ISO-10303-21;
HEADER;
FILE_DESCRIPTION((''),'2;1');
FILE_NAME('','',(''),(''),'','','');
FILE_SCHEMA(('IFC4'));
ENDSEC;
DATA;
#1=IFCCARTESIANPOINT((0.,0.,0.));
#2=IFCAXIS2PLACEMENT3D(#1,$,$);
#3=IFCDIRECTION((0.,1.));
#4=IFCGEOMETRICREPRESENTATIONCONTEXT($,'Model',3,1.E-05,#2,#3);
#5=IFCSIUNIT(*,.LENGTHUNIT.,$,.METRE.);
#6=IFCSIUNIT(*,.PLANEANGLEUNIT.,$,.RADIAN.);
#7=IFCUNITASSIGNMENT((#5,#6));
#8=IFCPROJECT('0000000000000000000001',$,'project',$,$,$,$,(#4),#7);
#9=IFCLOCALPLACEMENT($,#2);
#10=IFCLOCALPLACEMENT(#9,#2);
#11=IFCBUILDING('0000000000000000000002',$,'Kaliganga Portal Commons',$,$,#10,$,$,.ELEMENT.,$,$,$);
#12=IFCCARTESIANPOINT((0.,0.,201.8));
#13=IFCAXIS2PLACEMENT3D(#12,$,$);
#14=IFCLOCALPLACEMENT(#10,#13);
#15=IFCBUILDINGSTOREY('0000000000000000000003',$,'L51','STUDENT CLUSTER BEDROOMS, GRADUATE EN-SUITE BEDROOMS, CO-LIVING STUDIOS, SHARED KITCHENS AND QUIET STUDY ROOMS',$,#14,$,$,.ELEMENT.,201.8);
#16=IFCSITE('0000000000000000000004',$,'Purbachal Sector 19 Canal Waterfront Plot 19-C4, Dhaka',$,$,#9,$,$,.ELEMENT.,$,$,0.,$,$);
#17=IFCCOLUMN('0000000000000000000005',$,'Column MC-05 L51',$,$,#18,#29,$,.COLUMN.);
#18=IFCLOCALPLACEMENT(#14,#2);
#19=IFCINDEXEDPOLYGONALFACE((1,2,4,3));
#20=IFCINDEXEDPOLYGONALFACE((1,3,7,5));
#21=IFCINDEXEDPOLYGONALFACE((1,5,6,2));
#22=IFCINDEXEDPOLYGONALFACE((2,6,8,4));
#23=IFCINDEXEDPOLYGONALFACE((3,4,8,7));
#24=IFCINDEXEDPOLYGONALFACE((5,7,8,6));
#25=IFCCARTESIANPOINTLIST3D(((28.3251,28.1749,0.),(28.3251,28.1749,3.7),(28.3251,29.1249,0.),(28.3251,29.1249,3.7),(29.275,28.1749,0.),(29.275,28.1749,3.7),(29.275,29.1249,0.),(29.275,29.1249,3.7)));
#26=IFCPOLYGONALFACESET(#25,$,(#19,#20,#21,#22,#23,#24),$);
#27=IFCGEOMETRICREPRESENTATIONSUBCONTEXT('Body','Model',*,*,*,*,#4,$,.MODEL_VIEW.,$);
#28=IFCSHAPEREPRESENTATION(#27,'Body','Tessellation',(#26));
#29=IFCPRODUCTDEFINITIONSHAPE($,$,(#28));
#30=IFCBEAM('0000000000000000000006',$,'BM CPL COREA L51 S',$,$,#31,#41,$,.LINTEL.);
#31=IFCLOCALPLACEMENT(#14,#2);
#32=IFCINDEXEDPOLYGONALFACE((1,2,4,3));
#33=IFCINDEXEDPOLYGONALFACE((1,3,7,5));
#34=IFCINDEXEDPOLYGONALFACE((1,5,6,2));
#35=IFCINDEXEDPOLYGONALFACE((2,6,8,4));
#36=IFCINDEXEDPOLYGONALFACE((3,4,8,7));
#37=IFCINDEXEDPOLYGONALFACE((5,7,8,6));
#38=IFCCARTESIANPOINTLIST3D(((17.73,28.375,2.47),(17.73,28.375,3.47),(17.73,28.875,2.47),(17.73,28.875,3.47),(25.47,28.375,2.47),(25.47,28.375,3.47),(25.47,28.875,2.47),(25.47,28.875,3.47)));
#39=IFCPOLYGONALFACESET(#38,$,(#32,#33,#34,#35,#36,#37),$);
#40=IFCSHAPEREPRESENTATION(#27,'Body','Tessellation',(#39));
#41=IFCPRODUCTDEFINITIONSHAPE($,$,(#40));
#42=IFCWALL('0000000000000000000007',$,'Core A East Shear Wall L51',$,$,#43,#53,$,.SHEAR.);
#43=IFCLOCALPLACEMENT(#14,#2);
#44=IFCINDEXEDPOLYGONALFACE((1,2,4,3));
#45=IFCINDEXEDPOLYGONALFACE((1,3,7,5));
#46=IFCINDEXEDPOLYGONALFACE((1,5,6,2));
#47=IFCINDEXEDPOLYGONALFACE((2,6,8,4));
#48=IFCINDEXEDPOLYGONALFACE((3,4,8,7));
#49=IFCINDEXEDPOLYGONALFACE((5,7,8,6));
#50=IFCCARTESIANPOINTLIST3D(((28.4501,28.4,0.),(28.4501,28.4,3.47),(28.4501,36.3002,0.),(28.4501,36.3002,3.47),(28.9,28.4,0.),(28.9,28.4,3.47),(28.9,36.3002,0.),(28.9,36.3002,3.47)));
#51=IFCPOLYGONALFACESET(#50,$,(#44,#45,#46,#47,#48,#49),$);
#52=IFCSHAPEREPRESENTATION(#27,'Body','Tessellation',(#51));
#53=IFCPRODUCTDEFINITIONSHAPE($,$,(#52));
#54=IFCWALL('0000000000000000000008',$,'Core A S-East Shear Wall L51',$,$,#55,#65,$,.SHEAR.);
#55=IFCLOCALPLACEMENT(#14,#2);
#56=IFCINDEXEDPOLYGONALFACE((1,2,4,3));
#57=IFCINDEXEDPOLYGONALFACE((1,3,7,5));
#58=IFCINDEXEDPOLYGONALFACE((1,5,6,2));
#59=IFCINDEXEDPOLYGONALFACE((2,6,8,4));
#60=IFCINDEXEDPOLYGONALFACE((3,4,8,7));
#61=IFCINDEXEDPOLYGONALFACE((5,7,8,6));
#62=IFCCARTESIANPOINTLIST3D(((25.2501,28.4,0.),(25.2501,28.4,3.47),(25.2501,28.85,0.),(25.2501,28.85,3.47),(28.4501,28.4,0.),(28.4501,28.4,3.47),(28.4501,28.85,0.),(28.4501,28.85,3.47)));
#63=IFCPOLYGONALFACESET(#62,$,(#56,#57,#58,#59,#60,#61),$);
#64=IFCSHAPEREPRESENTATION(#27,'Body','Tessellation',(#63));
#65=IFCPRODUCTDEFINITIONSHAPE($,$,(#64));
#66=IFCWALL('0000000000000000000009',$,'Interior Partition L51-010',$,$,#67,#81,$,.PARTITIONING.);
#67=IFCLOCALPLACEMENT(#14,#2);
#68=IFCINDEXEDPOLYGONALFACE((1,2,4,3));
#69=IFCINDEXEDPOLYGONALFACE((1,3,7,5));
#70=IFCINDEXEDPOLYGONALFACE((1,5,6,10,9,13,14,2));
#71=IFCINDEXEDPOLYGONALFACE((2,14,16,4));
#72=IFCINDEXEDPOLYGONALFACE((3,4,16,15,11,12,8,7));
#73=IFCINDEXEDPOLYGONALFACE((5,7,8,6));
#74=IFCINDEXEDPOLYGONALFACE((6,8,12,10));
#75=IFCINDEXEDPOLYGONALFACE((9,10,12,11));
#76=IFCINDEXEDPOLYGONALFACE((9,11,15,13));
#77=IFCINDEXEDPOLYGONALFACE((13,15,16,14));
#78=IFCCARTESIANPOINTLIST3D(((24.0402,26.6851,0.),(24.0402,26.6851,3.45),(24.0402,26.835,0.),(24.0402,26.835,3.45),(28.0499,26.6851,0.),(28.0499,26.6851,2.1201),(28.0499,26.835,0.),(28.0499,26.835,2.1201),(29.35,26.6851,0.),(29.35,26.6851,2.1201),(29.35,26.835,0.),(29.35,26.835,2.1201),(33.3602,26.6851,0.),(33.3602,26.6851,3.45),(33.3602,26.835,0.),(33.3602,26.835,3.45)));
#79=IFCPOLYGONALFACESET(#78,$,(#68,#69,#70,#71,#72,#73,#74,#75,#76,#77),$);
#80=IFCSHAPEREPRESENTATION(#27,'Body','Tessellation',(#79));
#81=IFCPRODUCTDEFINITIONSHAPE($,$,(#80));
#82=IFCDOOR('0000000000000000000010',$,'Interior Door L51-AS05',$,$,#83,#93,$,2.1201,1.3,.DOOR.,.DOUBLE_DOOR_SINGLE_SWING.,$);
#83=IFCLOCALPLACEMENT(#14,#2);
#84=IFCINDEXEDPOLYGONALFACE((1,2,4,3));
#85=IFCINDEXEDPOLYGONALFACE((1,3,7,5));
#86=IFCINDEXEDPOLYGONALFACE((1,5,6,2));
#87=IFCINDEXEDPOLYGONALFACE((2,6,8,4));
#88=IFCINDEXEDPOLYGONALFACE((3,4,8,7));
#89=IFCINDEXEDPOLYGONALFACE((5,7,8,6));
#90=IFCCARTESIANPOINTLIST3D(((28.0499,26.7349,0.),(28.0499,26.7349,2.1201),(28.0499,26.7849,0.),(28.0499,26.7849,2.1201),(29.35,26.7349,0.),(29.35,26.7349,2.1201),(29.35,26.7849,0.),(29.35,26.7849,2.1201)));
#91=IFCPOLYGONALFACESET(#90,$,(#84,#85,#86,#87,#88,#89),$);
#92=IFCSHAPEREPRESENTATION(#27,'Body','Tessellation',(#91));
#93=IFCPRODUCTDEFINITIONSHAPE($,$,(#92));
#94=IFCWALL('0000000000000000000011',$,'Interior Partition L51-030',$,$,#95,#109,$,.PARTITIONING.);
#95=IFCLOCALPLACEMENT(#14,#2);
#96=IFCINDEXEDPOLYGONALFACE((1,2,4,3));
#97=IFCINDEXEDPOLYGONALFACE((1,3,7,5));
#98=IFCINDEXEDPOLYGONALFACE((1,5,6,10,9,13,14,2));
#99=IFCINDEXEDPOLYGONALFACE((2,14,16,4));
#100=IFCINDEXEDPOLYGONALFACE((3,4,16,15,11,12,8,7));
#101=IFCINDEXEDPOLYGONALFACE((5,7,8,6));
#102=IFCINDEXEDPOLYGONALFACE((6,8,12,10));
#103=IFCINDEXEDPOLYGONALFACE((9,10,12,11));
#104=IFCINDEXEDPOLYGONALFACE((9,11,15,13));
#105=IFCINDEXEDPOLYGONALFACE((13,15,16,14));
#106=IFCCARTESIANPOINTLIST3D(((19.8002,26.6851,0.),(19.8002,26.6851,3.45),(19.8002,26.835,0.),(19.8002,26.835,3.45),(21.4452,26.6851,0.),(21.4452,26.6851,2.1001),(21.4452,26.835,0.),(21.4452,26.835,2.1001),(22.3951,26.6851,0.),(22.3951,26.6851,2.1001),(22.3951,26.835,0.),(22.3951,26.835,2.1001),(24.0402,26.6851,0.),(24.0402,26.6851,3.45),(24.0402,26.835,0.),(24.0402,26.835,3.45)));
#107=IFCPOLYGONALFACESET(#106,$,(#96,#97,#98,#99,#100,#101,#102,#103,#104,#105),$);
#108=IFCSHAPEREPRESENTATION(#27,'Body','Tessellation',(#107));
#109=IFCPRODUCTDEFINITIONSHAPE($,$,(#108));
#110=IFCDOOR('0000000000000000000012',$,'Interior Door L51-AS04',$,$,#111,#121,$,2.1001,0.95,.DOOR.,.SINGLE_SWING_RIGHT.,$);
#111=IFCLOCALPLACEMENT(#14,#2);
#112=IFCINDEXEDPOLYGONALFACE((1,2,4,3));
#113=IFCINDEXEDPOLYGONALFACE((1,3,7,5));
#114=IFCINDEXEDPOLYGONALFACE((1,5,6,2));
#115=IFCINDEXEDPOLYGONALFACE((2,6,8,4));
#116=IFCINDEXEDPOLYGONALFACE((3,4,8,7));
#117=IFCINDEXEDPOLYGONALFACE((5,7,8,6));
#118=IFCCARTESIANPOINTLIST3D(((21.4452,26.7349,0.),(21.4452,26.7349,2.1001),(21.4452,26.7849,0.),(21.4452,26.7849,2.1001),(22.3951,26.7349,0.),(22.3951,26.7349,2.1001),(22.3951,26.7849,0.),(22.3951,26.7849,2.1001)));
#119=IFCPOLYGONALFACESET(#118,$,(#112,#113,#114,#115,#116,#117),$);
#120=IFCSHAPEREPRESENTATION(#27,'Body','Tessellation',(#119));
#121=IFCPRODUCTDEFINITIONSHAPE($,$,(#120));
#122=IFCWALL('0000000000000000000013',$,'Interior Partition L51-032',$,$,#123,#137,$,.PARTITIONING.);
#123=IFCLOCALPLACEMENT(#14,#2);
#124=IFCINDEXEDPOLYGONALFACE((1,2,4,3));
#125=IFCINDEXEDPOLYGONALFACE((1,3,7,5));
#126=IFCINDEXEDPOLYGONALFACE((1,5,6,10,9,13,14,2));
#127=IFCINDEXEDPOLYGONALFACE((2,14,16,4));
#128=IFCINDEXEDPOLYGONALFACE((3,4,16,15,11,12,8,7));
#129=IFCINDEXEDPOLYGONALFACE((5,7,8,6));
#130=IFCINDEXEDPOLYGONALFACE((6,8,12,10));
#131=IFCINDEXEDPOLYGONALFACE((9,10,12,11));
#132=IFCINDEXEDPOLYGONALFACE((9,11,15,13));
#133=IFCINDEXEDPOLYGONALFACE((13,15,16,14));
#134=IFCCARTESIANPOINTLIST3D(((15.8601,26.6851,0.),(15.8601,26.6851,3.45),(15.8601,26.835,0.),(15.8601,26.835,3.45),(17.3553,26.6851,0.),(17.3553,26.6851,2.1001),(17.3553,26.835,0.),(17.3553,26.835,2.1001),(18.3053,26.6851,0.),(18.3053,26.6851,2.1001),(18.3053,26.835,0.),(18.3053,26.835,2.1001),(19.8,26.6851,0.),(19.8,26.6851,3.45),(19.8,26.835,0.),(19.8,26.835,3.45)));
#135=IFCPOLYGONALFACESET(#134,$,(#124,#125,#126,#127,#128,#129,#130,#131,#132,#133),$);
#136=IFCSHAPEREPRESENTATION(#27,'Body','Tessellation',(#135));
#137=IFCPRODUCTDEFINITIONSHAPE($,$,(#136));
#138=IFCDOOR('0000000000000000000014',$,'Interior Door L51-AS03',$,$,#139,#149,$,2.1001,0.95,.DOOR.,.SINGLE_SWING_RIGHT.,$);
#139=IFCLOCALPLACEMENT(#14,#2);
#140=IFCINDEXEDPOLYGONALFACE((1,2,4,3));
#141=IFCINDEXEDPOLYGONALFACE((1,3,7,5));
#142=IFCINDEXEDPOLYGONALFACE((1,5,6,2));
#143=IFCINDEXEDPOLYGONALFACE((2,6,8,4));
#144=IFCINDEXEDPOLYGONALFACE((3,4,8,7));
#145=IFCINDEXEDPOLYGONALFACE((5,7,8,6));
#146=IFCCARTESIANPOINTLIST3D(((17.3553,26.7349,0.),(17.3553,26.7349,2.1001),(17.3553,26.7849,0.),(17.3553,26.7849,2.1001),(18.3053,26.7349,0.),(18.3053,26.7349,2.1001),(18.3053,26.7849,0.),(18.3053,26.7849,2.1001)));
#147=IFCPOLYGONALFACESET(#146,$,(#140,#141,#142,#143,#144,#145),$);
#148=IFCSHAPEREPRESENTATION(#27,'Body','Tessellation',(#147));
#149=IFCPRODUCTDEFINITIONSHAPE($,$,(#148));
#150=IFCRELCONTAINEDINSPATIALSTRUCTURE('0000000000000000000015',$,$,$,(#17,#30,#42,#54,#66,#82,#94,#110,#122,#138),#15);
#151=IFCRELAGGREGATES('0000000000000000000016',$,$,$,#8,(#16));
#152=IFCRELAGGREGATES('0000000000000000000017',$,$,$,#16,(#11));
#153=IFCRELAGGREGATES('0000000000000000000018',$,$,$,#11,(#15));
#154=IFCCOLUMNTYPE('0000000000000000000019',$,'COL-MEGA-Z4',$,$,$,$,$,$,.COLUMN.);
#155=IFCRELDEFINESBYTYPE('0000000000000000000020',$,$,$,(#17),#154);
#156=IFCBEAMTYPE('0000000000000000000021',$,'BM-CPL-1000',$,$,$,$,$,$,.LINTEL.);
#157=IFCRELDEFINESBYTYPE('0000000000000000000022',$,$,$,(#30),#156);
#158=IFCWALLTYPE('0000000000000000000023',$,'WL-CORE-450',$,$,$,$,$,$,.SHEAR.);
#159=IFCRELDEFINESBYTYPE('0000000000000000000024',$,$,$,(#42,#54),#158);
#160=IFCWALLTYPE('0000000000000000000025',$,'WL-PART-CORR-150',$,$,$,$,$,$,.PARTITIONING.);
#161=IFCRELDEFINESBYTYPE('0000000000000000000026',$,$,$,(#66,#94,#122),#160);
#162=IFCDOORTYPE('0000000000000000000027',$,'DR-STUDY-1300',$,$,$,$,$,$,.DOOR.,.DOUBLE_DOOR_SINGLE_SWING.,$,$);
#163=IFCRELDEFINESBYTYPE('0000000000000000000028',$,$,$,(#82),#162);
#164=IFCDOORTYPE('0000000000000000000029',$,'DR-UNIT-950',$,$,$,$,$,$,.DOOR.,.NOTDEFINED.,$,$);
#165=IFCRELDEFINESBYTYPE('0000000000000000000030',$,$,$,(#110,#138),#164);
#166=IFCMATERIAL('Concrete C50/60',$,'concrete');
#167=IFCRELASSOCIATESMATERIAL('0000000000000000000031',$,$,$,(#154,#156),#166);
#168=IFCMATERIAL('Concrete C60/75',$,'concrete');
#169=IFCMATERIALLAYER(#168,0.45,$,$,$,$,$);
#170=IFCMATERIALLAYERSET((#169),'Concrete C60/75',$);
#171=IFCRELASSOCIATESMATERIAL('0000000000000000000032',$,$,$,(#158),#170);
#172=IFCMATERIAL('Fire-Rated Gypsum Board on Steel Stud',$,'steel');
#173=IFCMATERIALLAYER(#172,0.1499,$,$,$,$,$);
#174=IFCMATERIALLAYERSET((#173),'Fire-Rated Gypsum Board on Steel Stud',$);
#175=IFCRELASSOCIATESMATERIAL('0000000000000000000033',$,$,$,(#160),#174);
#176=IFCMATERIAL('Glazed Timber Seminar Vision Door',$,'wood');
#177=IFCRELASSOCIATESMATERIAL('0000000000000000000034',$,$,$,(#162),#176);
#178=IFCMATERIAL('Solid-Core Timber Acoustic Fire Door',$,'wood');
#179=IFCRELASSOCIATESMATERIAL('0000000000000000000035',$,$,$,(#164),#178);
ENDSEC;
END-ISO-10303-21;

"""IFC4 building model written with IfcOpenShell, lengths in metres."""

from ifc_helpers import new_model, si_unit, direction, frame, frame_2d, origin, origin_2d, place, context, subcontext, project, spatial, rectangle, extrude, source, transform, mapped, material, layer, layer_set, material_profile, profile_set, type_object, element, fill, save


model = new_model("IFC4")

# Units and contexts
model_context = context("Model", 3, precision=1e-05, world=origin(), true_north=direction((0.0, 1.0)))
body_context = subcontext(model_context, "Body", "Model", "MODEL_VIEW")
ifc_project = project(units=[si_unit("LENGTHUNIT", "METRE"), si_unit("PLANEANGLEUNIT", "RADIAN")], contexts=[model_context])

# Site, building, storey
site_placement = place(None, origin())
site = spatial("IfcSite", under=ifc_project, at=site_placement, Name="Purbachal Sector 19 Canal Waterfront Plot 19-C4, Dhaka", CompositionType="ELEMENT", RefElevation=0.0)
building_placement = place(site_placement, origin())
building = spatial("IfcBuilding", under=site, at=building_placement, Name="Kaliganga Portal Commons", CompositionType="ELEMENT")
storey_placement = place(building_placement, frame((0.0, 0.0, 201.8)))
storey = spatial("IfcBuildingStorey", under=building, at=storey_placement, Name="L51", Description="STUDENT CLUSTER BEDROOMS, GRADUATE EN-SUITE BEDROOMS, CO-LIVING STUDIOS, SHARED KITCHENS AND QUIET STUDY ROOMS", CompositionType="ELEMENT", Elevation=201.8)

# Column
ifc_material_1 = material(Name="Concrete C50/60", Category="concrete")
ifc_material_profile_1 = material_profile(ifc_material_1, rectangle(XDim=0.95, YDim=0.95, at=origin_2d()), Name="RC 950x950")
ifc_profile_set_1 = profile_set([ifc_material_profile_1], Name="Concrete C50/60")
column_type = type_object("IfcColumnType", Name="COL-MEGA-Z4", PredefinedType="COLUMN", material=ifc_profile_set_1)
shared_shape_1 = source(origin(), body_context, "Body", "SweptSolid", [
    extrude(rectangle(XDim=0.95, YDim=0.95, at=origin_2d()), origin(), (0.0, 0.0, 1.0), 3.7),
])
column_placement = place(storey_placement, frame((28.8, 28.6499, 0.0), z_axis=(0.0, 0.0, 1.0), x_axis=(1.0, 0.0, 0.0)))
element("IfcColumn", 1, at=column_placement, inside=storey, type_object=column_type, Name="Column MC-05 L51", PredefinedType="COLUMN", context=body_context, shape_type="MappedRepresentation", body=[
    mapped(shared_shape_1, transform((0.0, 0.0, 0.0), x_axis=(1.0, 0.0, 0.0), y_axis=(0.0, 1.0, 0.0), z_axis=(0.0, 0.0, 1.0), scale=1.0)),
])

# Beam
ifc_material_profile_2 = material_profile(ifc_material_1, rectangle(XDim=0.5, YDim=1.0, at=origin_2d()), Name="RC 500x1000")
ifc_profile_set_2 = profile_set([ifc_material_profile_2], Name="Concrete C50/60")
beam_type = type_object("IfcBeamType", Name="BM-CPL-1000", PredefinedType="LINTEL", material=ifc_profile_set_2)
shared_shape_2 = source(origin(), body_context, "Body", "SweptSolid", [
    extrude(rectangle(XDim=0.5, YDim=1.0, at=origin_2d()), origin(), (0.0, 0.0, 1.0), 7.74),
])
beam_placement = place(storey_placement, frame((17.73, 28.625, 2.97), z_axis=(1.0, 0.0, 0.0), x_axis=(0.0, 1.0, 0.0)))
element("IfcBeam", 2, at=beam_placement, inside=storey, type_object=beam_type, Name="BM CPL COREA L51 S", PredefinedType="LINTEL", context=body_context, shape_type="MappedRepresentation", body=[
    mapped(shared_shape_2, transform((0.0, 0.0, 0.0), x_axis=(1.0, 0.0, 0.0), y_axis=(0.0, 1.0, 0.0), z_axis=(0.0, 0.0, 1.0), scale=1.0)),
])

# Walls
ifc_material_2 = material(Name="Concrete C60/75", Category="concrete")
ifc_layer_1 = layer(ifc_material_2, 0.45)
ifc_layer_set_1 = layer_set([ifc_layer_1], Name="Concrete C60/75")
wall_type_1 = type_object("IfcWallType", Name="WL-CORE-450", PredefinedType="SHEAR", material=ifc_layer_set_1)
wall_1_placement = place(storey_placement, frame((28.675, 28.3999, 0.0), z_axis=(0.0, 0.0, 1.0), x_axis=(0.0, 1.0, 0.0)))
element("IfcWall", 3, at=wall_1_placement, inside=storey, type_object=wall_type_1, Name="Core A East Shear Wall L51", PredefinedType="SHEAR", context=body_context, shape_type="SweptSolid", body=[
    extrude(rectangle(XDim=7.9001, YDim=0.45, at=frame_2d((3.9502, 0.0))), origin(), (0.0, 0.0, 1.0), 3.47),
])
wall_2_placement = place(storey_placement, frame((25.25, 28.625, 0.0), z_axis=(0.0, 0.0, 1.0), x_axis=(1.0, 0.0, 0.0)))
element("IfcWall", 4, at=wall_2_placement, inside=storey, type_object=wall_type_1, Name="Core A S-East Shear Wall L51", PredefinedType="SHEAR", context=body_context, shape_type="SweptSolid", body=[
    extrude(rectangle(XDim=3.2, YDim=0.45, at=frame_2d((1.6001, 0.0))), origin(), (0.0, 0.0, 1.0), 3.47),
])

# Walls, openings, doors
ifc_material_3 = material(Name="Fire-Rated Gypsum Board on Steel Stud", Category="steel")
ifc_layer_2 = layer(ifc_material_3, 0.1499)
ifc_layer_set_2 = layer_set([ifc_layer_2], Name="Fire-Rated Gypsum Board on Steel Stud")
wall_type_2 = type_object("IfcWallType", Name="WL-PART-CORR-150", PredefinedType="PARTITIONING", material=ifc_layer_set_2)
wall_3_placement = place(storey_placement, frame((24.04, 26.76, 0.0), z_axis=(0.0, 0.0, 1.0), x_axis=(1.0, 0.0, 0.0)))
wall_3 = element("IfcWall", 5, at=wall_3_placement, inside=storey, type_object=wall_type_2, Name="Interior Partition L51-010", PredefinedType="PARTITIONING", context=body_context, shape_type="SweptSolid", body=[
    extrude(rectangle(XDim=9.3201, YDim=0.1499, at=frame_2d((4.6602, 0.0))), origin(), (0.0, 0.0, 1.0), 3.45),
])
opening_1_placement = place(wall_3_placement, frame((4.01, 0.0, 0.0)))
opening_1 = element("IfcOpeningElement", 6, at=opening_1_placement, cuts=wall_3, PredefinedType="OPENING", context=body_context, shape_type="SweptSolid", body=[
    extrude(rectangle(XDim=1.3, YDim=2.1201, at=frame_2d((0.6499, 1.0601))), frame((0.0, 0.085, 0.0), z_axis=(0.0, -1.0, 0.0), x_axis=(1.0, 0.0, 0.0)), (0.0, 0.0, 1.0), 0.1699),
])
ifc_material_4 = material(Name="Glazed Timber Seminar Vision Door", Category="wood")
door_type_1 = type_object("IfcDoorType", Name="DR-STUDY-1300", OperationType="DOUBLE_DOOR_SINGLE_SWING", PredefinedType="DOOR", material=ifc_material_4)
door_1_placement = place(opening_1_placement, origin())
door_1 = element("IfcDoor", 7, at=door_1_placement, inside=storey, type_object=door_type_1, Name="Interior Door L51-AS05", OperationType="DOUBLE_DOOR_SINGLE_SWING", OverallHeight=2.1201, OverallWidth=1.3, PredefinedType="DOOR", context=body_context, shape_type="SweptSolid", body=[
    extrude(rectangle(XDim=1.3, YDim=2.1201, at=frame_2d((0.6499, 1.0601))), frame((0.0, 0.0249, 0.0), z_axis=(0.0, -1.0, 0.0), x_axis=(1.0, 0.0, 0.0)), (0.0, 0.0, 1.0), 0.05),
])
fill(opening_1, door_1)
wall_4_placement = place(storey_placement, frame((19.8, 26.76, 0.0), z_axis=(0.0, 0.0, 1.0), x_axis=(1.0, 0.0, 0.0)))
wall_4 = element("IfcWall", 8, at=wall_4_placement, inside=storey, type_object=wall_type_2, Name="Interior Partition L51-030", PredefinedType="PARTITIONING", context=body_context, shape_type="SweptSolid", body=[
    extrude(rectangle(XDim=4.24, YDim=0.1499, at=frame_2d((2.1201, 0.0))), origin(), (0.0, 0.0, 1.0), 3.45),
])
opening_2_placement = place(wall_4_placement, frame((1.645, 0.0, 0.0)))
opening_2 = element("IfcOpeningElement", 9, at=opening_2_placement, cuts=wall_4, PredefinedType="OPENING", context=body_context, shape_type="SweptSolid", body=[
    extrude(rectangle(XDim=0.95, YDim=2.1001, at=frame_2d((0.4751, 1.05))), frame((0.0, 0.085, 0.0), z_axis=(0.0, -1.0, 0.0), x_axis=(1.0, 0.0, 0.0)), (0.0, 0.0, 1.0), 0.1699),
])
ifc_material_5 = material(Name="Solid-Core Timber Acoustic Fire Door", Category="wood")
door_type_2 = type_object("IfcDoorType", Name="DR-UNIT-950", OperationType="NOTDEFINED", PredefinedType="DOOR", material=ifc_material_5)
door_2_placement = place(opening_2_placement, origin())
door_2 = element("IfcDoor", 10, at=door_2_placement, inside=storey, type_object=door_type_2, Name="Interior Door L51-AS04", OperationType="SINGLE_SWING_RIGHT", OverallHeight=2.1001, OverallWidth=0.95, PredefinedType="DOOR", context=body_context, shape_type="SweptSolid", body=[
    extrude(rectangle(XDim=0.95, YDim=2.1001, at=frame_2d((0.4751, 1.05))), frame((0.0, 0.0249, 0.0), z_axis=(0.0, -1.0, 0.0), x_axis=(1.0, 0.0, 0.0)), (0.0, 0.0, 1.0), 0.05),
])
fill(opening_2, door_2)
wall_5_placement = place(storey_placement, frame((15.8601, 26.76, 0.0), z_axis=(0.0, 0.0, 1.0), x_axis=(1.0, 0.0, 0.0)))
wall_5 = element("IfcWall", 11, at=wall_5_placement, inside=storey, type_object=wall_type_2, Name="Interior Partition L51-032", PredefinedType="PARTITIONING", context=body_context, shape_type="SweptSolid", body=[
    extrude(rectangle(XDim=3.9399, YDim=0.1499, at=frame_2d((1.97, 0.0))), origin(), (0.0, 0.0, 1.0), 3.45),
])
opening_3_placement = place(wall_5_placement, frame((1.4951, 0.0, 0.0)))
opening_3 = element("IfcOpeningElement", 12, at=opening_3_placement, cuts=wall_5, PredefinedType="OPENING", context=body_context, shape_type="SweptSolid", body=[
    extrude(rectangle(XDim=0.95, YDim=2.1001, at=frame_2d((0.4751, 1.05))), frame((0.0, 0.085, 0.0), z_axis=(0.0, -1.0, 0.0), x_axis=(1.0, 0.0, 0.0)), (0.0, 0.0, 1.0), 0.1699),
])
door_3_placement = place(opening_3_placement, origin())
door_3 = element("IfcDoor", 13, at=door_3_placement, inside=storey, type_object=door_type_2, Name="Interior Door L51-AS03", OperationType="SINGLE_SWING_RIGHT", OverallHeight=2.1001, OverallWidth=0.95, PredefinedType="DOOR", context=body_context, shape_type="SweptSolid", body=[
    extrude(rectangle(XDim=0.95, YDim=2.1001, at=frame_2d((0.4751, 1.05))), frame((0.0, 0.0249, 0.0), z_axis=(0.0, -1.0, 0.0), x_axis=(1.0, 0.0, 0.0)), (0.0, 0.0, 1.0), 0.05),
])
fill(opening_3, door_3)

save(model, "model.ifc")
